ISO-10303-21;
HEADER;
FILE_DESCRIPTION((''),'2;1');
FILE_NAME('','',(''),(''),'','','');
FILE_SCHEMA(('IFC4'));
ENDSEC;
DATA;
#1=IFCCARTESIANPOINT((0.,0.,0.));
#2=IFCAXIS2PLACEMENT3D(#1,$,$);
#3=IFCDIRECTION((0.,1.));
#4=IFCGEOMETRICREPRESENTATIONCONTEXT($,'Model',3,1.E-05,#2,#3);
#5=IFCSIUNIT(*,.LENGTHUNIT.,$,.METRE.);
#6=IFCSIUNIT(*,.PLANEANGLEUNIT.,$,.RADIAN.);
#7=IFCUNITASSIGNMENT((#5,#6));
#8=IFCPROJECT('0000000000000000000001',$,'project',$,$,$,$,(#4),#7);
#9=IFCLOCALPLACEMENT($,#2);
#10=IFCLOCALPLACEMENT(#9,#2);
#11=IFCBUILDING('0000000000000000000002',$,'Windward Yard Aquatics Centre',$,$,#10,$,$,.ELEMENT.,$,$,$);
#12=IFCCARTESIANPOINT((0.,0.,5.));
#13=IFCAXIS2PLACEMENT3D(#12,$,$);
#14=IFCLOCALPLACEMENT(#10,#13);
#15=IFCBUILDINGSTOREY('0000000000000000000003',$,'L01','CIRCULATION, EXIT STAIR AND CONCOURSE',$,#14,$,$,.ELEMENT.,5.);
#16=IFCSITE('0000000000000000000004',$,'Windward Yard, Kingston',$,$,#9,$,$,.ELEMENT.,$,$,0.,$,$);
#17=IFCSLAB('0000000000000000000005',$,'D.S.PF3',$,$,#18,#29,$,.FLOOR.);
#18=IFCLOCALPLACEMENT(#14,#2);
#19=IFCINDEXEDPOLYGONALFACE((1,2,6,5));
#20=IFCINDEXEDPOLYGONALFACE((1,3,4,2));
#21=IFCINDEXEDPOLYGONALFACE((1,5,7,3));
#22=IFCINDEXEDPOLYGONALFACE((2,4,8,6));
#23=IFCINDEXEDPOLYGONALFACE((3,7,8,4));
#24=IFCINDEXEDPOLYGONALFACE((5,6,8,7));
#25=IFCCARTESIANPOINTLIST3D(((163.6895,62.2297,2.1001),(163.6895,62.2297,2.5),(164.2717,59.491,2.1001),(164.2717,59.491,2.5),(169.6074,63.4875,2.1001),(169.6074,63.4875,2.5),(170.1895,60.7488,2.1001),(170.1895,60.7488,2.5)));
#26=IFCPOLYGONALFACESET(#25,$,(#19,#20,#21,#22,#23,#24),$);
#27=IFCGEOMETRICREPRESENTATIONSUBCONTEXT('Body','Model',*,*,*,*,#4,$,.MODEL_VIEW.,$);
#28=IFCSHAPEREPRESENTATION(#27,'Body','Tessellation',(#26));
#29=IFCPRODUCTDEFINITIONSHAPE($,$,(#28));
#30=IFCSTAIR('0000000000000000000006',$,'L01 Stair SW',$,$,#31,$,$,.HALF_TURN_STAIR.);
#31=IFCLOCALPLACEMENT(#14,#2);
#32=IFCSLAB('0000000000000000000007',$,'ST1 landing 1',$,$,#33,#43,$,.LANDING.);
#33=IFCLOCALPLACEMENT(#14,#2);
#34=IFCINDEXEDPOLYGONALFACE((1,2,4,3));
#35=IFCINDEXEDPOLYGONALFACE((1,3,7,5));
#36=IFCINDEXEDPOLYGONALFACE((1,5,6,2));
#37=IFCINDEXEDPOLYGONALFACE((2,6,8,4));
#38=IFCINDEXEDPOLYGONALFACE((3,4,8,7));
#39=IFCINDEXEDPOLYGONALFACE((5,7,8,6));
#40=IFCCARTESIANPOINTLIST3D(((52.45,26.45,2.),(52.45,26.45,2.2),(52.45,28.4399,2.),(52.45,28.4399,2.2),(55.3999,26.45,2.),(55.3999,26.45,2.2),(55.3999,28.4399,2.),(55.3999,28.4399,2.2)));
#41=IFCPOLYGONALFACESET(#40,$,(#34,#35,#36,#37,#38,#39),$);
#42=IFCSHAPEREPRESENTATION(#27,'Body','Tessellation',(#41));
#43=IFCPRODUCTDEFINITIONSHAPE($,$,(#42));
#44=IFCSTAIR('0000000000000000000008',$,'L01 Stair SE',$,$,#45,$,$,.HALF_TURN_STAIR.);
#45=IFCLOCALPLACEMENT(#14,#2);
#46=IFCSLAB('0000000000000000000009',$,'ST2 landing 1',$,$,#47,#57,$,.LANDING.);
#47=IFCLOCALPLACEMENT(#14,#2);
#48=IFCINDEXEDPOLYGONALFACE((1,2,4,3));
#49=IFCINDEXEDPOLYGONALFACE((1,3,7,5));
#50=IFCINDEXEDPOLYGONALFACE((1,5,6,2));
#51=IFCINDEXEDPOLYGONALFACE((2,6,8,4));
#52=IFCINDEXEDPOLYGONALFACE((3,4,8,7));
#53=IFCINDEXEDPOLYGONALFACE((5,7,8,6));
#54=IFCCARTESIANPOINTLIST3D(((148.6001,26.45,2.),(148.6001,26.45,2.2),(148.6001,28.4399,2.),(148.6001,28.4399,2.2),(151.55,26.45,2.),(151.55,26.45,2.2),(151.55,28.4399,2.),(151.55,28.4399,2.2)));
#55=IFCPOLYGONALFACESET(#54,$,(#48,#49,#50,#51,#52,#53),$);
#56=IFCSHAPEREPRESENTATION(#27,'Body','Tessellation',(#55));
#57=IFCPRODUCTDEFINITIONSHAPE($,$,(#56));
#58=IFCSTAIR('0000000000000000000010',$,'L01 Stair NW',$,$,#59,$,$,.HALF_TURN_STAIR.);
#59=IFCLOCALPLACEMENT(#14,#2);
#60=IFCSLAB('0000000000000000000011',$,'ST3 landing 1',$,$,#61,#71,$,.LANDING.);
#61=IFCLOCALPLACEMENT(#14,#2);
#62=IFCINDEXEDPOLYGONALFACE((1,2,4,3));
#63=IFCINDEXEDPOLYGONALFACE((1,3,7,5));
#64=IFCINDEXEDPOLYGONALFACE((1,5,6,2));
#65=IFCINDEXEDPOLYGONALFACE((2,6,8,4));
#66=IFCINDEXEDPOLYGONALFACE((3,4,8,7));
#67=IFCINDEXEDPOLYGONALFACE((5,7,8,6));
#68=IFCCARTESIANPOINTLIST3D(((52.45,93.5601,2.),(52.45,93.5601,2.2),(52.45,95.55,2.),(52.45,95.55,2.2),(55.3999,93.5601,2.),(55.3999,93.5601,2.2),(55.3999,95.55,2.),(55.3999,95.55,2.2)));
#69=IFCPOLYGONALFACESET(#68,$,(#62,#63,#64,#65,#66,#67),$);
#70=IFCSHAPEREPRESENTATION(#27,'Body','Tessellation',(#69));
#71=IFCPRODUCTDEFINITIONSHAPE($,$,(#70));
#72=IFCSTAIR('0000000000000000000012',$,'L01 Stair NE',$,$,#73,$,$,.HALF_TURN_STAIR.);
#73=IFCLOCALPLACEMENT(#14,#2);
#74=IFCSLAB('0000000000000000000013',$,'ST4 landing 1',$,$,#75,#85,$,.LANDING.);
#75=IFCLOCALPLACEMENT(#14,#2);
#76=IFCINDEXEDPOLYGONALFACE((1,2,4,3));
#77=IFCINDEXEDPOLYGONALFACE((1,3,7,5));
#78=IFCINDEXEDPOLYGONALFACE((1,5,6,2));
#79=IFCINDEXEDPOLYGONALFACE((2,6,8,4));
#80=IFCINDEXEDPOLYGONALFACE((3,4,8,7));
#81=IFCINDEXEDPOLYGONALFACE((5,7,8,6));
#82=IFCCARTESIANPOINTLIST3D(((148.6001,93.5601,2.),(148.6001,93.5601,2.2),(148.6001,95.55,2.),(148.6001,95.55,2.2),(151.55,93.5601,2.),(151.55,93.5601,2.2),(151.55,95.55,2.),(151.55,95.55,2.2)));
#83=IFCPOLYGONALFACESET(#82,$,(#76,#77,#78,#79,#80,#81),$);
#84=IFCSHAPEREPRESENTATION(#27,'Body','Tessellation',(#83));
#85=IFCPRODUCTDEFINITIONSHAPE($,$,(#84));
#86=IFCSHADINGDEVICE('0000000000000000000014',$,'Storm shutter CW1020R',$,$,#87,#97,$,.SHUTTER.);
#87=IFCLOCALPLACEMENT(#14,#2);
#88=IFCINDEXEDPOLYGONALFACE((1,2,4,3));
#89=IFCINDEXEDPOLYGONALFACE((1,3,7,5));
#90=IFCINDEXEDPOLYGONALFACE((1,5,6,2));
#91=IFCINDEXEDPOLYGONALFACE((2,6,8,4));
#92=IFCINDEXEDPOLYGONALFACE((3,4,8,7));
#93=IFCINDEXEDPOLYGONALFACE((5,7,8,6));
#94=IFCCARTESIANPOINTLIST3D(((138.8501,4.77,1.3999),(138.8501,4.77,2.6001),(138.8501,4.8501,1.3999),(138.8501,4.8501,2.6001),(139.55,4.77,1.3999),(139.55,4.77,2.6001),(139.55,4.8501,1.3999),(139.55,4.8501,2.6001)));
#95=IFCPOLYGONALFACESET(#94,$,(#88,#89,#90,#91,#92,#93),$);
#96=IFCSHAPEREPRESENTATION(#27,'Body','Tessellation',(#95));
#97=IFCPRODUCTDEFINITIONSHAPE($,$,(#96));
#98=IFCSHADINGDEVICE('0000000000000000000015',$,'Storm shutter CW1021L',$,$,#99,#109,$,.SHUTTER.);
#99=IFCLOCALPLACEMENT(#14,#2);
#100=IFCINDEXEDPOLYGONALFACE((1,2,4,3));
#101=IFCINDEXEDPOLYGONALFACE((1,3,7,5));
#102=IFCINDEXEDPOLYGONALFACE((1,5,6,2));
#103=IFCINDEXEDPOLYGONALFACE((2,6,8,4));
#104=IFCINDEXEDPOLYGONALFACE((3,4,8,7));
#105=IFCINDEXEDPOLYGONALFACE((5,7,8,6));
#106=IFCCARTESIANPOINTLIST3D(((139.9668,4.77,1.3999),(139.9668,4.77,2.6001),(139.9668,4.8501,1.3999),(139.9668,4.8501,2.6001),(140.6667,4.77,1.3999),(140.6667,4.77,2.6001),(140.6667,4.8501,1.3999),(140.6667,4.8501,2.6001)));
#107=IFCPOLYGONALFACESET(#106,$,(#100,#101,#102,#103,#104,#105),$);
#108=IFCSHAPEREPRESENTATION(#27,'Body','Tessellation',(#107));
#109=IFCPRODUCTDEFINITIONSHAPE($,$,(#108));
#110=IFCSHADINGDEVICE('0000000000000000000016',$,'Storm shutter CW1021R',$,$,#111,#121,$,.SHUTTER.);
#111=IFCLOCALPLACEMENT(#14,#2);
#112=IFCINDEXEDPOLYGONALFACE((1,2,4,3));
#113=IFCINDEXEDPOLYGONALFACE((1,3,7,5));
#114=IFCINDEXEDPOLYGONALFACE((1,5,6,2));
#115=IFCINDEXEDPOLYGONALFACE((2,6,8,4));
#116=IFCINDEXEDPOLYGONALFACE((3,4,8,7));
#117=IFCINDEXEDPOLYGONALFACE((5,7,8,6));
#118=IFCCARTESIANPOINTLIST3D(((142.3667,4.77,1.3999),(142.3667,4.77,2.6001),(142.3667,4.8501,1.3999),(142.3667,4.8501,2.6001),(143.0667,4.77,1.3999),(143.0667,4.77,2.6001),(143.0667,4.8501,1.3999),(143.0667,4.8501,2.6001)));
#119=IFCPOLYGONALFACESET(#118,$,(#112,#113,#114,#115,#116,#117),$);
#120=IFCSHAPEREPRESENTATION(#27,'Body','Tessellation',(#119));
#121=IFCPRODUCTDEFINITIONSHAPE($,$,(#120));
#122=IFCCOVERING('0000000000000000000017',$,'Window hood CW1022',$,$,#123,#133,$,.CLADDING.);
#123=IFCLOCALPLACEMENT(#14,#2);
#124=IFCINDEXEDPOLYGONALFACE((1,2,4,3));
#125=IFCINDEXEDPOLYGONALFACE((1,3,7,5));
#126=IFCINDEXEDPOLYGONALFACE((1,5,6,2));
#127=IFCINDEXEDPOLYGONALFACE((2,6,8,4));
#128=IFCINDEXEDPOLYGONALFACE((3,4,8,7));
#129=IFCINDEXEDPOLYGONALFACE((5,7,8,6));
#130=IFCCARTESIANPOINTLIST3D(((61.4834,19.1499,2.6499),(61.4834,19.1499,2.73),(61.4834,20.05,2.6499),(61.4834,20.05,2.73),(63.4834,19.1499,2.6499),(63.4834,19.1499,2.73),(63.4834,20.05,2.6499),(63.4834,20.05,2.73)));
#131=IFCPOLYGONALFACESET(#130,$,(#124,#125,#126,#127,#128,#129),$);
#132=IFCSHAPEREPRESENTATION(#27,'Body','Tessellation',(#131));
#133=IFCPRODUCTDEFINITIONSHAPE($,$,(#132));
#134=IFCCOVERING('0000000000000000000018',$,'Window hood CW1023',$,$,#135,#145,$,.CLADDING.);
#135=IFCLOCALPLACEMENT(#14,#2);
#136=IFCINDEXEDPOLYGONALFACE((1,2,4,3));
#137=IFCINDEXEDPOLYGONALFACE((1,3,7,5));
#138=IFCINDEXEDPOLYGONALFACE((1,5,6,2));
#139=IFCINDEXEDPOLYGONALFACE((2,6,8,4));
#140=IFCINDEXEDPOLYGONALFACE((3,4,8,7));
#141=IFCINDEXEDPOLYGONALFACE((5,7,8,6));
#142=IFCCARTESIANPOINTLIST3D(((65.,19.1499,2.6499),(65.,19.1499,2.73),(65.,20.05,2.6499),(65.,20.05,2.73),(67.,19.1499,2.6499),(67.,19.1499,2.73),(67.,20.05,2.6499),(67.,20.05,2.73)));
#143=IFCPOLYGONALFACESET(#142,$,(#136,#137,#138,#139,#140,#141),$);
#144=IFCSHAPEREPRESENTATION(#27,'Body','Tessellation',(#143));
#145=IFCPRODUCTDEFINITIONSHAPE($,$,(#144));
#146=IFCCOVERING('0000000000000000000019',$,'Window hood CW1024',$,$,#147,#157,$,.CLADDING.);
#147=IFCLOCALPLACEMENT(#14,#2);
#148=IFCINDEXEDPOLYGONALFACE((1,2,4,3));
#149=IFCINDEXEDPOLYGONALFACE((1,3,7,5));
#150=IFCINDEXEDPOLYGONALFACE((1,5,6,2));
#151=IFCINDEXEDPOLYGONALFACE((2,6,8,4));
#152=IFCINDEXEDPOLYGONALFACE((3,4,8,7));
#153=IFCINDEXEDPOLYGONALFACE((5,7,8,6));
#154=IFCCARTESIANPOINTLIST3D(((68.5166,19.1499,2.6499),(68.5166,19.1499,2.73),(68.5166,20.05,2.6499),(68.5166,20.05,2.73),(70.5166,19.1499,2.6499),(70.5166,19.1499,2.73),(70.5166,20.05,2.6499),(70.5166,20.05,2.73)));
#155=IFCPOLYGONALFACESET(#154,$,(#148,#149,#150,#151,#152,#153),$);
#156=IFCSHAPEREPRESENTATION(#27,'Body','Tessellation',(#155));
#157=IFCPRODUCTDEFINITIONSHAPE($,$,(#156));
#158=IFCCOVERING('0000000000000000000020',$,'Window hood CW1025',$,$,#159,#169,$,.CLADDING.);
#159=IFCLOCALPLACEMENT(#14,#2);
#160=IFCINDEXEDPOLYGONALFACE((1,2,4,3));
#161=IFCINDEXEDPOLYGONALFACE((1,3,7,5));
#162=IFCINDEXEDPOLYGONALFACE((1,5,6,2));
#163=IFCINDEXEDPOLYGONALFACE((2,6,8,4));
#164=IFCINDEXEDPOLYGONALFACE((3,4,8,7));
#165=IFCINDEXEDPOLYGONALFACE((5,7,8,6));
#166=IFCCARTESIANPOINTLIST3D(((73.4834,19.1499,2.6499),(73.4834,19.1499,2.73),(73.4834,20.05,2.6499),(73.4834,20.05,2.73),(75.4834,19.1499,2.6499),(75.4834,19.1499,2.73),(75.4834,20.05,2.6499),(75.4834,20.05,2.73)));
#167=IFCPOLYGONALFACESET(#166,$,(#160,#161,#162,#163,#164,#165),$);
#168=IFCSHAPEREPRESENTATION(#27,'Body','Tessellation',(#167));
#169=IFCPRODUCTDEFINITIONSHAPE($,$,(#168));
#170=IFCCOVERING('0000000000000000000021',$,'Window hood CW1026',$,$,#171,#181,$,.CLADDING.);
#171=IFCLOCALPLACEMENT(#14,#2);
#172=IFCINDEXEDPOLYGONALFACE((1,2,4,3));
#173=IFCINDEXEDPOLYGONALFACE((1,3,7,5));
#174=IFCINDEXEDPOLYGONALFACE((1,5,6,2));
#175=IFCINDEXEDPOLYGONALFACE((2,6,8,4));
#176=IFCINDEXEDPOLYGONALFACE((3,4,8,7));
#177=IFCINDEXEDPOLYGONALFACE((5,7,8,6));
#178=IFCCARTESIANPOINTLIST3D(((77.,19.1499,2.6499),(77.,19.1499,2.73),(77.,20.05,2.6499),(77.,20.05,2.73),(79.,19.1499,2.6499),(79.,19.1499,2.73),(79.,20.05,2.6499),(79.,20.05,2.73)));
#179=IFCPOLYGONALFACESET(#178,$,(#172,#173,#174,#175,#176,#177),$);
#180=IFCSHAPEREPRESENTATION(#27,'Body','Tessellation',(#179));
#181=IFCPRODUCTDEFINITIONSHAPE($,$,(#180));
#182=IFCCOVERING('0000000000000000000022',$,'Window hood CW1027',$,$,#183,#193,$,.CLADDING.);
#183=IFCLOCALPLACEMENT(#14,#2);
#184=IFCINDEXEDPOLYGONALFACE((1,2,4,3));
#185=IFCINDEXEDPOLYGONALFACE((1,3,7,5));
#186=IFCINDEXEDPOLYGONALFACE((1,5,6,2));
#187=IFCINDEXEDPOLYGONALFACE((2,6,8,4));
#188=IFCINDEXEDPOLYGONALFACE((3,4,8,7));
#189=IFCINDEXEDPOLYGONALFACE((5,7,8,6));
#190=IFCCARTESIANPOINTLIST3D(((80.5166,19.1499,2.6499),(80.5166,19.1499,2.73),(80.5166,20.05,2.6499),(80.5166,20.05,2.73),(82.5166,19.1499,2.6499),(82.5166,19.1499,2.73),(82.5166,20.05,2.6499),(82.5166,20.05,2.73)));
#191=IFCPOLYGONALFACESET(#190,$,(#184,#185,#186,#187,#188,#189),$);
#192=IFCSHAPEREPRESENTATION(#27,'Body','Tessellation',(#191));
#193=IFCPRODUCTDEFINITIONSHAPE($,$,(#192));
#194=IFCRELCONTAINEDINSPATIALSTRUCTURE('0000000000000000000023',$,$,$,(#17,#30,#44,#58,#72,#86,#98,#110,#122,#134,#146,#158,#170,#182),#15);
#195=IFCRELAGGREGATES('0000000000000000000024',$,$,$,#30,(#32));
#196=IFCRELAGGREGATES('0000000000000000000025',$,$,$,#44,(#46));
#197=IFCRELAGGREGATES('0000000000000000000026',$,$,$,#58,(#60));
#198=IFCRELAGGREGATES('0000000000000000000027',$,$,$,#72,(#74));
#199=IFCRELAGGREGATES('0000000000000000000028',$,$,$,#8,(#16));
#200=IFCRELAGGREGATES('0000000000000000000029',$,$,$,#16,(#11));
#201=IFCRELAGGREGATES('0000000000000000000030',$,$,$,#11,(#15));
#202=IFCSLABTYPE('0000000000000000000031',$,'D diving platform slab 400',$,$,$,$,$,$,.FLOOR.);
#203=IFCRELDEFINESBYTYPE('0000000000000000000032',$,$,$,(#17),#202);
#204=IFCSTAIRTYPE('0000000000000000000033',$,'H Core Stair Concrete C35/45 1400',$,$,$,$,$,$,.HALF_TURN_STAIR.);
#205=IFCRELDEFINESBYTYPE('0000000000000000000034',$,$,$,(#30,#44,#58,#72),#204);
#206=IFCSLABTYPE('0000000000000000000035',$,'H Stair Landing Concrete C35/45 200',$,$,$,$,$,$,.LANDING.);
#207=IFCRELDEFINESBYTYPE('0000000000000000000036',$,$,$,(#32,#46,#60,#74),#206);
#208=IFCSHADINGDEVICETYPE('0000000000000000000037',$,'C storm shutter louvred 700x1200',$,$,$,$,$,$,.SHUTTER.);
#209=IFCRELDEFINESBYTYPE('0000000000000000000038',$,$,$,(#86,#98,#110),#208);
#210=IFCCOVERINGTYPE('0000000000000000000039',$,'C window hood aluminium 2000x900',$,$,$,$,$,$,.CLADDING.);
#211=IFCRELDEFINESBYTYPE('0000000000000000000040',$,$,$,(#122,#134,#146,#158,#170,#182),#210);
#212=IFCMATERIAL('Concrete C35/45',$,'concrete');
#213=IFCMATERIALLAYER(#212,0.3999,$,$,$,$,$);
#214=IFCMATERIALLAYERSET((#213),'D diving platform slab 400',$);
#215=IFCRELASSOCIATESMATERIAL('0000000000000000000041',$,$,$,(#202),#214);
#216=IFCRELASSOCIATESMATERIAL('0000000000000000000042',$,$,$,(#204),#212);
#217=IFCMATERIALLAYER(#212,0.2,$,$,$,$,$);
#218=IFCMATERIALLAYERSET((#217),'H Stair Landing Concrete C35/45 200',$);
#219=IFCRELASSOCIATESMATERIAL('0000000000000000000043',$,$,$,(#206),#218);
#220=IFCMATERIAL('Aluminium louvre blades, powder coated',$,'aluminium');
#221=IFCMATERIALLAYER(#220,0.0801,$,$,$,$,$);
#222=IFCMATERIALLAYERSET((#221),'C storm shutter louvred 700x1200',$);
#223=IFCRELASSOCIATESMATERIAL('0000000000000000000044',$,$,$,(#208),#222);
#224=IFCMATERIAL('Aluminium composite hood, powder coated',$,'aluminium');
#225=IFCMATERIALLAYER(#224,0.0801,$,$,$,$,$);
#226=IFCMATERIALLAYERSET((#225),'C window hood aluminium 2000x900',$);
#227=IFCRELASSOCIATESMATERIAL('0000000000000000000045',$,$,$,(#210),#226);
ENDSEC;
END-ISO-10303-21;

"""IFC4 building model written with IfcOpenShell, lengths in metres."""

from ifc_helpers import new_model, si_unit, direction, frame, origin, place, context, subcontext, project, spatial, polyline, outline, extrude, material, layer, layer_set, type_object, element, aggregate, save


model = new_model("IFC4")

# Units and contexts
model_context = context("Model", 3, precision=1e-05, world=origin(), true_north=direction((0.0, 1.0)))
body_context = subcontext(model_context, "Body", "Model", "MODEL_VIEW")
ifc_project = project(units=[si_unit("LENGTHUNIT", "METRE"), si_unit("PLANEANGLEUNIT", "RADIAN")], contexts=[model_context])

# Site, building, storey
site_placement = place(None, origin())
site = spatial("IfcSite", under=ifc_project, at=site_placement, Name="Windward Yard, Kingston", CompositionType="ELEMENT", RefElevation=0.0)
building_placement = place(site_placement, origin())
building = spatial("IfcBuilding", under=site, at=building_placement, Name="Windward Yard Aquatics Centre", CompositionType="ELEMENT")
storey_placement = place(building_placement, frame((0.0, 0.0, 5.0)))
storey = spatial("IfcBuildingStorey", under=building, at=storey_placement, Name="L01", Description="CIRCULATION, EXIT STAIR AND CONCOURSE", CompositionType="ELEMENT", Elevation=5.0)

# Slab
ifc_material_1 = material(Name="Concrete C35/45", Category="concrete")
ifc_layer_1 = layer(ifc_material_1, 0.3999)
ifc_layer_set_1 = layer_set([ifc_layer_1], Name="D diving platform slab 400")
slab_type_1 = type_object("IfcSlabType", Name="D diving platform slab 400", PredefinedType="FLOOR", material=ifc_layer_set_1)
slab_1_placement = place(storey_placement, frame((0.0, 0.0, 2.1001)))
element("IfcSlab", 1, at=slab_1_placement, inside=storey, type_object=slab_type_1, Name="D.S.PF3", PredefinedType="FLOOR", context=body_context, shape_type="SweptSolid", body=[
    extrude(outline(polyline([(163.6895, 62.2297), (164.2717, 59.491), (170.1895, 60.7488), (169.6074, 63.4875), (163.6895, 62.2297)])), origin(), (0.0, 0.0, 1.0), 0.3999),
])

# Stairs, slabs
stair_type = type_object("IfcStairType", Name="H Core Stair Concrete C35/45 1400", PredefinedType="HALF_TURN_STAIR", material=ifc_material_1)
stair_1_placement = place(storey_placement, origin())
stair_1 = element("IfcStair", 2, at=stair_1_placement, inside=storey, type_object=stair_type, Name="L01 Stair SW", PredefinedType="HALF_TURN_STAIR")
ifc_layer_2 = layer(ifc_material_1, 0.2)
ifc_layer_set_2 = layer_set([ifc_layer_2], Name="H Stair Landing Concrete C35/45 200")
slab_type_2 = type_object("IfcSlabType", Name="H Stair Landing Concrete C35/45 200", PredefinedType="LANDING", material=ifc_layer_set_2)
slab_2_placement = place(storey_placement, frame((0.0, 0.0, 2.0)))
slab_2 = element("IfcSlab", 3, at=slab_2_placement, type_object=slab_type_2, Name="ST1 landing 1", PredefinedType="LANDING", context=body_context, shape_type="SweptSolid", body=[
    extrude(outline(polyline([(52.45, 26.45), (55.3999, 26.45), (55.3999, 28.4399), (52.45, 28.4399), (52.45, 26.45)])), origin(), (0.0, 0.0, 1.0), 0.2),
])
aggregate(stair_1, [slab_2])
stair_2_placement = place(storey_placement, origin())
stair_2 = element("IfcStair", 4, at=stair_2_placement, inside=storey, type_object=stair_type, Name="L01 Stair SE", PredefinedType="HALF_TURN_STAIR")
slab_3_placement = place(storey_placement, frame((0.0, 0.0, 2.0)))
slab_3 = element("IfcSlab", 5, at=slab_3_placement, type_object=slab_type_2, Name="ST2 landing 1", PredefinedType="LANDING", context=body_context, shape_type="SweptSolid", body=[
    extrude(outline(polyline([(148.6001, 26.45), (151.55, 26.45), (151.55, 28.4399), (148.6001, 28.4399), (148.6001, 26.45)])), origin(), (0.0, 0.0, 1.0), 0.2),
])
aggregate(stair_2, [slab_3])
stair_3_placement = place(storey_placement, origin())
stair_3 = element("IfcStair", 6, at=stair_3_placement, inside=storey, type_object=stair_type, Name="L01 Stair NW", PredefinedType="HALF_TURN_STAIR")
slab_4_placement = place(storey_placement, frame((0.0, 0.0, 2.0)))
slab_4 = element("IfcSlab", 7, at=slab_4_placement, type_object=slab_type_2, Name="ST3 landing 1", PredefinedType="LANDING", context=body_context, shape_type="SweptSolid", body=[
    extrude(outline(polyline([(52.45, 93.5601), (55.3999, 93.5601), (55.3999, 95.55), (52.45, 95.55), (52.45, 93.5601)])), origin(), (0.0, 0.0, 1.0), 0.2),
])
aggregate(stair_3, [slab_4])
stair_4_placement = place(storey_placement, origin())
stair_4 = element("IfcStair", 8, at=stair_4_placement, inside=storey, type_object=stair_type, Name="L01 Stair NE", PredefinedType="HALF_TURN_STAIR")
slab_5_placement = place(storey_placement, frame((0.0, 0.0, 2.0)))
slab_5 = element("IfcSlab", 9, at=slab_5_placement, type_object=slab_type_2, Name="ST4 landing 1", PredefinedType="LANDING", context=body_context, shape_type="SweptSolid", body=[
    extrude(outline(polyline([(148.6001, 93.5601), (151.55, 93.5601), (151.55, 95.55), (148.6001, 95.55), (148.6001, 93.5601)])), origin(), (0.0, 0.0, 1.0), 0.2),
])
aggregate(stair_4, [slab_5])

# Shading devices
ifc_material_2 = material(Name="Aluminium louvre blades, powder coated", Category="aluminium")
ifc_layer_3 = layer(ifc_material_2, 0.0801)
ifc_layer_set_3 = layer_set([ifc_layer_3], Name="C storm shutter louvred 700x1200")
shading_device_type = type_object("IfcShadingDeviceType", Name="C storm shutter louvred 700x1200", PredefinedType="SHUTTER", material=ifc_layer_set_3)
shading_device_1_placement = place(storey_placement, frame((0.0, 0.0, 1.3999)))
element("IfcShadingDevice", 10, at=shading_device_1_placement, inside=storey, type_object=shading_device_type, Name="Storm shutter CW1020R", PredefinedType="SHUTTER", context=body_context, shape_type="SweptSolid", body=[
    extrude(outline(polyline([(138.8501, 4.77), (138.8501, 4.8501), (139.55, 4.8501), (139.55, 4.77), (138.8501, 4.77)])), origin(), (0.0, 0.0, 1.0), 1.2002),
])
shading_device_2_placement = place(storey_placement, frame((0.0, 0.0, 1.3999)))
element("IfcShadingDevice", 11, at=shading_device_2_placement, inside=storey, type_object=shading_device_type, Name="Storm shutter CW1021L", PredefinedType="SHUTTER", context=body_context, shape_type="SweptSolid", body=[
    extrude(outline(polyline([(139.9668, 4.77), (139.9668, 4.8501), (140.6667, 4.8501), (140.6667, 4.77), (139.9668, 4.77)])), origin(), (0.0, 0.0, 1.0), 1.2002),
])
shading_device_3_placement = place(storey_placement, frame((0.0, 0.0, 1.3999)))
element("IfcShadingDevice", 12, at=shading_device_3_placement, inside=storey, type_object=shading_device_type, Name="Storm shutter CW1021R", PredefinedType="SHUTTER", context=body_context, shape_type="SweptSolid", body=[
    extrude(outline(polyline([(142.3667, 4.77), (142.3667, 4.8501), (143.0667, 4.8501), (143.0667, 4.77), (142.3667, 4.77)])), origin(), (0.0, 0.0, 1.0), 1.2002),
])

# Coverings
ifc_material_3 = material(Name="Aluminium composite hood, powder coated", Category="aluminium")
ifc_layer_4 = layer(ifc_material_3, 0.0801)
ifc_layer_set_4 = layer_set([ifc_layer_4], Name="C window hood aluminium 2000x900")
covering_type_1 = type_object("IfcCoveringType", Name="C window hood aluminium 2000x900", PredefinedType="CLADDING", material=ifc_layer_set_4)
covering_1_placement = place(storey_placement, frame((0.0, 0.0, 2.6499)))
element("IfcCovering", 13, at=covering_1_placement, inside=storey, type_object=covering_type_1, Name="Window hood CW1022", PredefinedType="CLADDING", context=body_context, shape_type="SweptSolid", body=[
    extrude(outline(polyline([(61.4834, 19.1499), (63.4834, 19.1499), (63.4834, 20.05), (61.4834, 20.05), (61.4834, 19.1499)])), origin(), (0.0, 0.0, 1.0), 0.0801),
])
covering_2_placement = place(storey_placement, frame((0.0, 0.0, 2.6499)))
element("IfcCovering", 14, at=covering_2_placement, inside=storey, type_object=covering_type_1, Name="Window hood CW1023", PredefinedType="CLADDING", context=body_context, shape_type="SweptSolid", body=[
    extrude(outline(polyline([(65.0, 19.1499), (67.0, 19.1499), (67.0, 20.05), (65.0, 20.05), (65.0, 19.1499)])), origin(), (0.0, 0.0, 1.0), 0.0801),
])
covering_3_placement = place(storey_placement, frame((0.0, 0.0, 2.6499)))
element("IfcCovering", 15, at=covering_3_placement, inside=storey, type_object=covering_type_1, Name="Window hood CW1024", PredefinedType="CLADDING", context=body_context, shape_type="SweptSolid", body=[
    extrude(outline(polyline([(68.5166, 19.1499), (70.5166, 19.1499), (70.5166, 20.05), (68.5166, 20.05), (68.5166, 19.1499)])), origin(), (0.0, 0.0, 1.0), 0.0801),
])
covering_4_placement = place(storey_placement, frame((0.0, 0.0, 2.6499)))
element("IfcCovering", 16, at=covering_4_placement, inside=storey, type_object=covering_type_1, Name="Window hood CW1025", PredefinedType="CLADDING", context=body_context, shape_type="SweptSolid", body=[
    extrude(outline(polyline([(73.4834, 19.1499), (75.4834, 19.1499), (75.4834, 20.05), (73.4834, 20.05), (73.4834, 19.1499)])), origin(), (0.0, 0.0, 1.0), 0.0801),
])
covering_5_placement = place(storey_placement, frame((0.0, 0.0, 2.6499)))
element("IfcCovering", 17, at=covering_5_placement, inside=storey, type_object=covering_type_1, Name="Window hood CW1026", PredefinedType="CLADDING", context=body_context, shape_type="SweptSolid", body=[
    extrude(outline(polyline([(77.0, 19.1499), (79.0, 19.1499), (79.0, 20.05), (77.0, 20.05), (77.0, 19.1499)])), origin(), (0.0, 0.0, 1.0), 0.0801),
])
covering_6_placement = place(storey_placement, frame((0.0, 0.0, 2.6499)))
element("IfcCovering", 18, at=covering_6_placement, inside=storey, type_object=covering_type_1, Name="Window hood CW1027", PredefinedType="CLADDING", context=body_context, shape_type="SweptSolid", body=[
    extrude(outline(polyline([(80.5166, 19.1499), (82.5166, 19.1499), (82.5166, 20.05), (80.5166, 20.05), (80.5166, 19.1499)])), origin(), (0.0, 0.0, 1.0), 0.0801),
])

save(model, "model.ifc")
